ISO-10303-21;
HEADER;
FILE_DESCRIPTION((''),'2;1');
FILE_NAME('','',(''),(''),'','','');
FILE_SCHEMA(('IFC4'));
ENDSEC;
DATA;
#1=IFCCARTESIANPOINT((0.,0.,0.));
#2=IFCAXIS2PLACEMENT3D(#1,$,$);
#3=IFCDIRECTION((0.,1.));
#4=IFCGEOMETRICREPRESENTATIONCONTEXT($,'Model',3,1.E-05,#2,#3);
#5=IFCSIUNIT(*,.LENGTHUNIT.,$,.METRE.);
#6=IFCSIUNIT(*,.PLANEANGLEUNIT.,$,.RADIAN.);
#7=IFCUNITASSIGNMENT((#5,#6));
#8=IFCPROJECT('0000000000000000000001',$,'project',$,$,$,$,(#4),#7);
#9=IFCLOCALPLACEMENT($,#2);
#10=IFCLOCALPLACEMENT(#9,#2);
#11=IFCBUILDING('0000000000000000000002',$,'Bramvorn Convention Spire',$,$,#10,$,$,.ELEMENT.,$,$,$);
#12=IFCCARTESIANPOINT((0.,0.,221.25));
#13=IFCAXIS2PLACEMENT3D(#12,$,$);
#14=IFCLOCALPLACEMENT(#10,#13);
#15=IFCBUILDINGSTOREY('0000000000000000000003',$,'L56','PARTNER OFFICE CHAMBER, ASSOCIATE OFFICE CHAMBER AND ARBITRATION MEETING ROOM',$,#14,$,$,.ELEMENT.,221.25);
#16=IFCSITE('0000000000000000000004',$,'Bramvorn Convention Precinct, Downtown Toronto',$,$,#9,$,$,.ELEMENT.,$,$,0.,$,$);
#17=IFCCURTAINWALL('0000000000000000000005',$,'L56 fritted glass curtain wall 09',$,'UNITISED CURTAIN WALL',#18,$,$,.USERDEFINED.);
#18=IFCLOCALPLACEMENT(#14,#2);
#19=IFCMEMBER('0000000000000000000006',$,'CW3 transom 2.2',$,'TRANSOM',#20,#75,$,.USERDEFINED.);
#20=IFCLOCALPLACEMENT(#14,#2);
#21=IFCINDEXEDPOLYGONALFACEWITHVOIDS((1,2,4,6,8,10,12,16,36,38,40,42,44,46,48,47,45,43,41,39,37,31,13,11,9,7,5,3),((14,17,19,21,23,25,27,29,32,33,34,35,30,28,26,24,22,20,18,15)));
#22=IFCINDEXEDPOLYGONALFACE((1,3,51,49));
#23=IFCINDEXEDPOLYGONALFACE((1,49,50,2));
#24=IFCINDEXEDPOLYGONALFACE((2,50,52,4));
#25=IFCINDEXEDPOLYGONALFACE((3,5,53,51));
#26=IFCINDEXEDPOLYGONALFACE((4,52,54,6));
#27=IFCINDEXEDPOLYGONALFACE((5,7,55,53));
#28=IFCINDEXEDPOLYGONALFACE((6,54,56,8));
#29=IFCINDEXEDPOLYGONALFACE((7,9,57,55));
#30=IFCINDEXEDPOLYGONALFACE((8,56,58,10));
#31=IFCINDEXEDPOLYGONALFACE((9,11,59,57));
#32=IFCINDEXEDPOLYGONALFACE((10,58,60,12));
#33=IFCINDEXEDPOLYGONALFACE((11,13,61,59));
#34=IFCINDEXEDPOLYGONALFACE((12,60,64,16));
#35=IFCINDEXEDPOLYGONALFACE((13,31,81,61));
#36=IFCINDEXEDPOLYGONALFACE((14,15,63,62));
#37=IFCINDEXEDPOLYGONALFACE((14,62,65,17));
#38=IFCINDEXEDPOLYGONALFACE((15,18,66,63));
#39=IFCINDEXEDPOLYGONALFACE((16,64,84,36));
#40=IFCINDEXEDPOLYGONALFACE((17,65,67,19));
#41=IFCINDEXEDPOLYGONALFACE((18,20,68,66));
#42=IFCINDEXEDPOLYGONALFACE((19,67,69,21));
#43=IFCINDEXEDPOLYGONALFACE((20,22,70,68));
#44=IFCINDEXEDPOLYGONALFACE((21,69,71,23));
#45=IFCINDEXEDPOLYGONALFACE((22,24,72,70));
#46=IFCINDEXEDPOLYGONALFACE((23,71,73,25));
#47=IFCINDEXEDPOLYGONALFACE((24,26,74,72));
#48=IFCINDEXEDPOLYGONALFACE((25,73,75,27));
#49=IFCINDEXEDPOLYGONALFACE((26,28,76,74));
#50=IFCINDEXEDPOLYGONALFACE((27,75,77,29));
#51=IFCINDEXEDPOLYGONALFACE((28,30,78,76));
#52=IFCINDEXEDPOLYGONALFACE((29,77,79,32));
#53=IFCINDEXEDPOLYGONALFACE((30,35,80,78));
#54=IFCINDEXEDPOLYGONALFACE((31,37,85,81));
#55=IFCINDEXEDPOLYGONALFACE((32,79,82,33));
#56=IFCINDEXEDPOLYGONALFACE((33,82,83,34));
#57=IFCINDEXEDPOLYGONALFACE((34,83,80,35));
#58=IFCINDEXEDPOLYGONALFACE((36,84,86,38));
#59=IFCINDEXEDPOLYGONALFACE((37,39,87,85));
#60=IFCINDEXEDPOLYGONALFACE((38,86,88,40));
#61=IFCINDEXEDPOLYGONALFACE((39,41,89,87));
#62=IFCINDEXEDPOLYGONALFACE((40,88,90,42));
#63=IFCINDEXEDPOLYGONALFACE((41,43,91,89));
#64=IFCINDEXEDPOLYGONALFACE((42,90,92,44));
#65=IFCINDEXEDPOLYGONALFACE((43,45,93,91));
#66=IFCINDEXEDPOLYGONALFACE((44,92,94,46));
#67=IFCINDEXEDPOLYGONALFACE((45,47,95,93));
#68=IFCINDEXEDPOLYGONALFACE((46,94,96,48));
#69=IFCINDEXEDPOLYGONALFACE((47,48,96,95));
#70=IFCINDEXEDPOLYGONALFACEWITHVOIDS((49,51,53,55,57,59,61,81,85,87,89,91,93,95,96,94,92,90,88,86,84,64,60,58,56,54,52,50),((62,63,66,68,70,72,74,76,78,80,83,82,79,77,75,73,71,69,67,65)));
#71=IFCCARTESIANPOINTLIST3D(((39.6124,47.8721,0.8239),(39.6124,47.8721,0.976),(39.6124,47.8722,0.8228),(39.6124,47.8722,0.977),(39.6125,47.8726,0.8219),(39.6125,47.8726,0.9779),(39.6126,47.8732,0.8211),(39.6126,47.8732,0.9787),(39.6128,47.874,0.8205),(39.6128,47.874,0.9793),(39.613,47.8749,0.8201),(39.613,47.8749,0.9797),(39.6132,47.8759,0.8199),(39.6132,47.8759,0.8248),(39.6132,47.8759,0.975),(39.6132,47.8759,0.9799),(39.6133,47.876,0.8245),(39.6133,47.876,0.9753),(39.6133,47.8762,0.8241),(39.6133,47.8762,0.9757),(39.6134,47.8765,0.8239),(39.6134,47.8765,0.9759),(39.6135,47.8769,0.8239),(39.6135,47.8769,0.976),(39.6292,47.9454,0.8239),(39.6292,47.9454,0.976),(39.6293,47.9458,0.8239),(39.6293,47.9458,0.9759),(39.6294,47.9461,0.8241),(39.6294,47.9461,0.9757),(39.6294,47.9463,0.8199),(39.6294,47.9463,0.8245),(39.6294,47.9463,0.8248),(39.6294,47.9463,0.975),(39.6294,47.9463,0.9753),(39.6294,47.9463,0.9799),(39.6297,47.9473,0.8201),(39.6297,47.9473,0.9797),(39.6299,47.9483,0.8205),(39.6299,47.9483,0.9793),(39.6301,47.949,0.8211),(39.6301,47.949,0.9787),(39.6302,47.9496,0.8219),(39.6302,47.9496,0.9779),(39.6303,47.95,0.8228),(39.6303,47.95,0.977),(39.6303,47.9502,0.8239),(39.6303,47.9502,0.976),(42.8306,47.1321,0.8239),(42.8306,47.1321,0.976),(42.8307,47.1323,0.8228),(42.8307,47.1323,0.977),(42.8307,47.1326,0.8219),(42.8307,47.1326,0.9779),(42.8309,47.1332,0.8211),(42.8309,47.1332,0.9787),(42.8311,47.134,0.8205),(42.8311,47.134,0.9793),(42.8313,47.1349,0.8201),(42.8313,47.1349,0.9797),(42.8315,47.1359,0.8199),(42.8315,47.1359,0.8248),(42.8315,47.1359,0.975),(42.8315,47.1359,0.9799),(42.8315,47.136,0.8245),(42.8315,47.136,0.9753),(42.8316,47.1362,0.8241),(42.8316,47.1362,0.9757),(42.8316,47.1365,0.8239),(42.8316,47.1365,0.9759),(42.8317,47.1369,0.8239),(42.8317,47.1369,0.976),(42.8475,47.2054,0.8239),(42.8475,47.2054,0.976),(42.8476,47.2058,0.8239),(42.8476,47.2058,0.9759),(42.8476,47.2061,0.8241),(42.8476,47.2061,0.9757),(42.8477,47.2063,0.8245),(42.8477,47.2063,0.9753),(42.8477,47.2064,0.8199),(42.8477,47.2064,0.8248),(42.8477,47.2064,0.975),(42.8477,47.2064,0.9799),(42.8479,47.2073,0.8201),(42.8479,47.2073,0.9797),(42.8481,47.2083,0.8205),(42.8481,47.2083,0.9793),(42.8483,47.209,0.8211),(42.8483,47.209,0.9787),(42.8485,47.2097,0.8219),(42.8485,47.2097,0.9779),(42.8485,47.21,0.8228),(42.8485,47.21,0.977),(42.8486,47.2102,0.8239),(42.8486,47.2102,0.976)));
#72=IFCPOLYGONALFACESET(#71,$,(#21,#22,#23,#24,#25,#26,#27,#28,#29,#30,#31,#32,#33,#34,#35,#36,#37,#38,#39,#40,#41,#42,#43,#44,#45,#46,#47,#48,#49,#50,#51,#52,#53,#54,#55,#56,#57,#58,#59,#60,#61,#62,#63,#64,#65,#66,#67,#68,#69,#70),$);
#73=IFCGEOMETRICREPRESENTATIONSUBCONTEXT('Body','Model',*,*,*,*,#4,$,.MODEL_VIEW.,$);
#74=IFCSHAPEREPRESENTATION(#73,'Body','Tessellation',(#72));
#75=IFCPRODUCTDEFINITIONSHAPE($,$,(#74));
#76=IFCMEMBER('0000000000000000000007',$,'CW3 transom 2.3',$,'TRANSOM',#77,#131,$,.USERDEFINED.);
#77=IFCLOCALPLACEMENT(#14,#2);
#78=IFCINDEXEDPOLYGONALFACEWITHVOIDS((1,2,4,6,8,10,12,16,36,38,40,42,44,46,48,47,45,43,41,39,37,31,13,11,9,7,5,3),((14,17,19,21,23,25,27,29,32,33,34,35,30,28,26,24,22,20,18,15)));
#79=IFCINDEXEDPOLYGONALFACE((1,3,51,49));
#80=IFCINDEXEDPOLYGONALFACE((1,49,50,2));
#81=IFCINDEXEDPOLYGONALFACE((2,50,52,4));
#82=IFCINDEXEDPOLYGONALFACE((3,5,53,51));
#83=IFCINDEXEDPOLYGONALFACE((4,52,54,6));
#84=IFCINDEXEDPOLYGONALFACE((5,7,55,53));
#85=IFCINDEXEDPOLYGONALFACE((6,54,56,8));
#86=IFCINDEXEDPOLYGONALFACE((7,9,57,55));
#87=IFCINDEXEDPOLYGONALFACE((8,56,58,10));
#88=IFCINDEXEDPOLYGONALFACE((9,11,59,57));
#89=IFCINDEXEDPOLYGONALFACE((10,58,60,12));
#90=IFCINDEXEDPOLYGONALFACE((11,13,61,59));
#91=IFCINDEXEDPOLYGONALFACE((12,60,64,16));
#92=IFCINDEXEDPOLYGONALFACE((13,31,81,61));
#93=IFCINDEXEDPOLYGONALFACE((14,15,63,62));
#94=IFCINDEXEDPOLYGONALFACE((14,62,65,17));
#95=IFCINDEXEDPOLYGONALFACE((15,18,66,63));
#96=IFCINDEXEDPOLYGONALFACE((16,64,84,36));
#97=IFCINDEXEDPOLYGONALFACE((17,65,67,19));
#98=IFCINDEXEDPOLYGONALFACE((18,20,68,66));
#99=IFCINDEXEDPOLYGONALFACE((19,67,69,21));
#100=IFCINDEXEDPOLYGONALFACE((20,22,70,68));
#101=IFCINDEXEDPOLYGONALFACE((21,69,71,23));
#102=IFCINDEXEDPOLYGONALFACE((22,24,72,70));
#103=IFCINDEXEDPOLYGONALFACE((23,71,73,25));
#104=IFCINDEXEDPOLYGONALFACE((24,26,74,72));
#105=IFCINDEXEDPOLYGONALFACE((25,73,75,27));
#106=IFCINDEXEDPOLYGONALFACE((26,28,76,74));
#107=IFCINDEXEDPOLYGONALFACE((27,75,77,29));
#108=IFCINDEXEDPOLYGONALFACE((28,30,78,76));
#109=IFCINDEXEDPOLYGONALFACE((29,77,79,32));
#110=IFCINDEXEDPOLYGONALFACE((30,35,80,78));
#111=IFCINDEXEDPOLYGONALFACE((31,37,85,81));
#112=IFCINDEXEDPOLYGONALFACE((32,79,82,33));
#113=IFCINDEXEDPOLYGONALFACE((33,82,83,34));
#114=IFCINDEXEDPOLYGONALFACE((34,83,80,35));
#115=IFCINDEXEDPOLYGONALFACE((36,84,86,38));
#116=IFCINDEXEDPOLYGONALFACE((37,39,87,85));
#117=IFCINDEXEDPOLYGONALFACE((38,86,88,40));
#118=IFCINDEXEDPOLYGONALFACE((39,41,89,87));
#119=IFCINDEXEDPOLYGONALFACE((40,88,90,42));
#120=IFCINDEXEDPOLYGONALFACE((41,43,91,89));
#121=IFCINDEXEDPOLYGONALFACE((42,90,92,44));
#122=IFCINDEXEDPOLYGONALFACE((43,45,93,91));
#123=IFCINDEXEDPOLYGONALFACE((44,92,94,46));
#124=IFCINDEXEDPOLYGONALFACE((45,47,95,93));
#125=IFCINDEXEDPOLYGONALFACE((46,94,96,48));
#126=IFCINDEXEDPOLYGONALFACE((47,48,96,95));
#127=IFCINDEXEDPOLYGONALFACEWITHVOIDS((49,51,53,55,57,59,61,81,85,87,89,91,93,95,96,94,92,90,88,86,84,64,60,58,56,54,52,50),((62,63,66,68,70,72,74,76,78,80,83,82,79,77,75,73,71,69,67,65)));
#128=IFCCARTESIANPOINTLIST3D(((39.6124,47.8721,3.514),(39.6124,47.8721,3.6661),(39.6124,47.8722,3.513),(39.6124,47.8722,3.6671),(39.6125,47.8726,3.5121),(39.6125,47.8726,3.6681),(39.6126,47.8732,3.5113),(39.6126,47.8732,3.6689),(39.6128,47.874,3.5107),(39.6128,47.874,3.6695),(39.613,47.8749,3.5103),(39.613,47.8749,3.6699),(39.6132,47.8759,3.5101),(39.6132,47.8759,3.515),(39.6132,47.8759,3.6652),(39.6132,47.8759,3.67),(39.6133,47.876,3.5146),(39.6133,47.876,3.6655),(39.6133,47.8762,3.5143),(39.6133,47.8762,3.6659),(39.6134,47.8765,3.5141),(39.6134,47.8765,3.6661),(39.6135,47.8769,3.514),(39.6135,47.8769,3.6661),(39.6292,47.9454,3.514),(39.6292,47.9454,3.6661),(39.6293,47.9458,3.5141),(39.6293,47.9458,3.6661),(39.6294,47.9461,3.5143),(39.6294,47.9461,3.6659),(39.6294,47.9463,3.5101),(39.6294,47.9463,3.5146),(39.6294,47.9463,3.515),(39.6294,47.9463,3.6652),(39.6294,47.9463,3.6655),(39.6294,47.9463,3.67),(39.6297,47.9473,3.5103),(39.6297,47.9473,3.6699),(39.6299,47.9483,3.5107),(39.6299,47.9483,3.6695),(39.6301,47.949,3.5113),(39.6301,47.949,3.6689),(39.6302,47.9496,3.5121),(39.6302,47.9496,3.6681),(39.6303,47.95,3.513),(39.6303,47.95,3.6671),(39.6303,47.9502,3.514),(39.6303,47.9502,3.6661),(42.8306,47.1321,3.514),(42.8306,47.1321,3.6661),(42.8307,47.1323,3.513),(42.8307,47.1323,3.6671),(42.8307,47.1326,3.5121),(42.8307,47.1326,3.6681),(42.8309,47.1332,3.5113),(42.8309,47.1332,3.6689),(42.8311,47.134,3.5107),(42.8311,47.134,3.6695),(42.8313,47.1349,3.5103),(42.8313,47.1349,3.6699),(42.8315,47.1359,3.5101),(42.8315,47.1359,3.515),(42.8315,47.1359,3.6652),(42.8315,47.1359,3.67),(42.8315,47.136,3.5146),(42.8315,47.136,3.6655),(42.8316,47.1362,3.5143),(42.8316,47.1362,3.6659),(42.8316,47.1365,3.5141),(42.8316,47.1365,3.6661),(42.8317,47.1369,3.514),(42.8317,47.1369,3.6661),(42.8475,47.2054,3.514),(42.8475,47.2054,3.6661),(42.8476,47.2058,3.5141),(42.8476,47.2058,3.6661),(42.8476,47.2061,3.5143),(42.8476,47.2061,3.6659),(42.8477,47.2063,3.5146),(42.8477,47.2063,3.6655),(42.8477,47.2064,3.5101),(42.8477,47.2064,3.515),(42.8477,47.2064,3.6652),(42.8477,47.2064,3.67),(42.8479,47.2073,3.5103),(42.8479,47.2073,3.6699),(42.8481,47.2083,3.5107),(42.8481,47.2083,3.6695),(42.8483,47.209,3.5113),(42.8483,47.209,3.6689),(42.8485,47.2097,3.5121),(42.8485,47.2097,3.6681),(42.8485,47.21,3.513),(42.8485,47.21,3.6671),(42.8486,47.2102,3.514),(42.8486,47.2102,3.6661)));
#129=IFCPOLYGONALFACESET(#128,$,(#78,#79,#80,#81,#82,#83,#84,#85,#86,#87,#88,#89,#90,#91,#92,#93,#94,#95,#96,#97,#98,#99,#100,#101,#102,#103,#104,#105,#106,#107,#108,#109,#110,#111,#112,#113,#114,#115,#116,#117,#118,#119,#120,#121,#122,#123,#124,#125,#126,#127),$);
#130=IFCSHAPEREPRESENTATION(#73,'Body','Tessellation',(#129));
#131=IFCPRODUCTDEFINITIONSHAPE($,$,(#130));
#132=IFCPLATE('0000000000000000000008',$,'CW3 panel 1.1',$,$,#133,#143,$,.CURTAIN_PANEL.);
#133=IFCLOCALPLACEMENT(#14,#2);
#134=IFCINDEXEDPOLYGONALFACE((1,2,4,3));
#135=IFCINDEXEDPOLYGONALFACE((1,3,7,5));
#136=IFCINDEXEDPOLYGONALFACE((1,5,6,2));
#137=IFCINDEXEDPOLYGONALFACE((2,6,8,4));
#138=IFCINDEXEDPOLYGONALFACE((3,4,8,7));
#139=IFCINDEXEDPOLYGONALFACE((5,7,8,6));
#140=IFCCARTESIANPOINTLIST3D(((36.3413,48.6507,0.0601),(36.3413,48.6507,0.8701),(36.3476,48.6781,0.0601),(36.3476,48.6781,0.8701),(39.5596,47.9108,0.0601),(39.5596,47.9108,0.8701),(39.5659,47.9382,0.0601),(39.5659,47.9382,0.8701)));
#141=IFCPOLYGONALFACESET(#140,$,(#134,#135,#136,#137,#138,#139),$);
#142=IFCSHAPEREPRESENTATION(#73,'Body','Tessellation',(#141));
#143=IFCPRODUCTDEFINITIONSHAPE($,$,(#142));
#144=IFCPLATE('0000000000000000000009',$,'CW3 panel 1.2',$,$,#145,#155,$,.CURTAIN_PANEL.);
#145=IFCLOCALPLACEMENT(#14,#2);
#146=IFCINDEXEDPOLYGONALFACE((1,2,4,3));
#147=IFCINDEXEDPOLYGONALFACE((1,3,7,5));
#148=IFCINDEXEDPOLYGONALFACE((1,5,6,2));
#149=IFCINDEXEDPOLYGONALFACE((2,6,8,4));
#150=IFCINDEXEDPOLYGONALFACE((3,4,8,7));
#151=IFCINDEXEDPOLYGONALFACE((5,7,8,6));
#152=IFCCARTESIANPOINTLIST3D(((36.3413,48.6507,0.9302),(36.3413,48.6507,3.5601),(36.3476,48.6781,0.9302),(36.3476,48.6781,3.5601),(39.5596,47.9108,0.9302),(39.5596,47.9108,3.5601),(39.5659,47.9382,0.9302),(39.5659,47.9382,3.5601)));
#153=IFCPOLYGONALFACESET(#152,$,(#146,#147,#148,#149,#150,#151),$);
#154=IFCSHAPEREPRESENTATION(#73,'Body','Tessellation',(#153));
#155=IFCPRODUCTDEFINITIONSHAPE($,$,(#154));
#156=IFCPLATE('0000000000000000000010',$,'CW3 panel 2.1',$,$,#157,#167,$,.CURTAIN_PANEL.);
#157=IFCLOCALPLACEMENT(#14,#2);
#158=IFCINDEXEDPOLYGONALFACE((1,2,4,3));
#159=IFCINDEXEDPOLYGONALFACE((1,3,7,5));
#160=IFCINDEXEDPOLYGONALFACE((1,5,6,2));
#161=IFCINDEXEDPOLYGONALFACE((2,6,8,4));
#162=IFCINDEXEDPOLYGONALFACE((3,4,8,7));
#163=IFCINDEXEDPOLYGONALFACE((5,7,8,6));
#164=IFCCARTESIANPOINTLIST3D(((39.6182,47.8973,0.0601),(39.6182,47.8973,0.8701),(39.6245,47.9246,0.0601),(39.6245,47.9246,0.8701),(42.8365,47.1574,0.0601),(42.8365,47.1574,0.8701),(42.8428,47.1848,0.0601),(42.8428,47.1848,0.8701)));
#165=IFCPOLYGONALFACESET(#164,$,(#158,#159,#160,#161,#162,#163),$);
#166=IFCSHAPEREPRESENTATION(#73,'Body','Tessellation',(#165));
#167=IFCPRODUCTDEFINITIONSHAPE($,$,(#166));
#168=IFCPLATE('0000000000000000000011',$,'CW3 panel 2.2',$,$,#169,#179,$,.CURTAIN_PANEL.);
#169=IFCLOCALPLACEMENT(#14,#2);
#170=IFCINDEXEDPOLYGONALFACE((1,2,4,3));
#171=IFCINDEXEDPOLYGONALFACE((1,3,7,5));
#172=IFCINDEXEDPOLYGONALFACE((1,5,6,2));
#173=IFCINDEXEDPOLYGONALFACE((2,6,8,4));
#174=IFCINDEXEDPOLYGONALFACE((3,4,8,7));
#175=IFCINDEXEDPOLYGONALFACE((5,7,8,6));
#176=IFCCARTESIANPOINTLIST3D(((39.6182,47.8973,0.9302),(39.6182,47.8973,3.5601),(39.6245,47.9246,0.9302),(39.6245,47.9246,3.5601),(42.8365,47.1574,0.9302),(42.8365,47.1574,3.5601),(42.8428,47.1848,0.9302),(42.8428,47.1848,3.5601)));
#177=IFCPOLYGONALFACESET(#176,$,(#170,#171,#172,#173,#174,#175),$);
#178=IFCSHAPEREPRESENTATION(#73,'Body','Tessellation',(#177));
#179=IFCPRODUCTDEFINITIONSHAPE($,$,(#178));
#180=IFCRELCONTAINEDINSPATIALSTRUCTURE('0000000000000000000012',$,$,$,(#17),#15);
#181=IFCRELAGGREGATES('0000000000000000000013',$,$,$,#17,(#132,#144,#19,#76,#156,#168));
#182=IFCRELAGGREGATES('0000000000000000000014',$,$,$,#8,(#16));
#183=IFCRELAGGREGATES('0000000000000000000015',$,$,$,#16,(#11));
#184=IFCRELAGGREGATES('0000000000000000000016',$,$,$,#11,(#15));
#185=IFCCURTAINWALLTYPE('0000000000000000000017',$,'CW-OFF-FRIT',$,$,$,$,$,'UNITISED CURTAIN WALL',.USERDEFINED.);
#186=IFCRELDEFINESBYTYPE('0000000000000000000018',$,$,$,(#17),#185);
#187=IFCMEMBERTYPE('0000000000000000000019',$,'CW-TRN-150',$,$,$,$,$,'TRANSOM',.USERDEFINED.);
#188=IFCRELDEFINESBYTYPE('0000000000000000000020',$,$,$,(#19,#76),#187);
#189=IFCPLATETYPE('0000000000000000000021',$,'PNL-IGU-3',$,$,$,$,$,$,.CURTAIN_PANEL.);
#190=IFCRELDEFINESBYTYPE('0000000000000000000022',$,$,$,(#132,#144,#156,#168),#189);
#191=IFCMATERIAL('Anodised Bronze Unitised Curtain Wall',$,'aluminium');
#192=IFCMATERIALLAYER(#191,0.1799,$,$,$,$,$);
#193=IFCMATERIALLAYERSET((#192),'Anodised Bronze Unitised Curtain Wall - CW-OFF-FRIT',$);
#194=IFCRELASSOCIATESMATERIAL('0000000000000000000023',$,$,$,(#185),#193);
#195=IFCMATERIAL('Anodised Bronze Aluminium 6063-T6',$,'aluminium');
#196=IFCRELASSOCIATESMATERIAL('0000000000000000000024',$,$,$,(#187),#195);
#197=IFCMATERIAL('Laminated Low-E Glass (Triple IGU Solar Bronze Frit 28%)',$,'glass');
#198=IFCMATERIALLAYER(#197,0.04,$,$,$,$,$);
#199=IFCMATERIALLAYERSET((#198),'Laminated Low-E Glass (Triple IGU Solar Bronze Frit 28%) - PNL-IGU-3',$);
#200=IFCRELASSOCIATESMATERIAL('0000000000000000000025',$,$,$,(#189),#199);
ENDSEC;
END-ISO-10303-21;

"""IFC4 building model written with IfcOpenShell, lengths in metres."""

from ifc_helpers import new_model, si_unit, direction, frame, origin, origin_2d, place, context, subcontext, project, spatial, rectangle, hollow_rectangle, extrude, material, layer, layer_set, material_profile, profile_set, type_object, element, aggregate, save


model = new_model("IFC4")

# Units and contexts
model_context = context("Model", 3, precision=1e-05, world=origin(), true_north=direction((0.0, 1.0)))
body_context = subcontext(model_context, "Body", "Model", "MODEL_VIEW")
ifc_project = project(units=[si_unit("LENGTHUNIT", "METRE"), si_unit("PLANEANGLEUNIT", "RADIAN")], contexts=[model_context])

# Site, building, storey
site_placement = place(None, origin())
site = spatial("IfcSite", under=ifc_project, at=site_placement, Name="Bramvorn Convention Precinct, Downtown Toronto", CompositionType="ELEMENT", RefElevation=0.0)
building_placement = place(site_placement, origin())
building = spatial("IfcBuilding", under=site, at=building_placement, Name="Bramvorn Convention Spire", CompositionType="ELEMENT")
storey_placement = place(building_placement, frame((0.0, 0.0, 221.25)))
storey = spatial("IfcBuildingStorey", under=building, at=storey_placement, Name="L56", Description="PARTNER OFFICE CHAMBER, ASSOCIATE OFFICE CHAMBER AND ARBITRATION MEETING ROOM", CompositionType="ELEMENT", Elevation=221.25)

# Shared definitions
ifc_material_1 = material(Name="Anodised Bronze Unitised Curtain Wall", Category="aluminium")
ifc_layer_1 = layer(ifc_material_1, 0.1799)
ifc_layer_set_1 = layer_set([ifc_layer_1], Name="Anodised Bronze Unitised Curtain Wall - CW-OFF-FRIT")
curtain_wall_type = type_object("IfcCurtainWallType", Name="CW-OFF-FRIT", ElementType="UNITISED CURTAIN WALL", PredefinedType="USERDEFINED", material=ifc_layer_set_1)
ifc_material_2 = material(Name="Anodised Bronze Aluminium 6063-T6", Category="aluminium")

# Curtain wall
curtain_wall_1_placement = place(storey_placement, origin())
curtain_wall_1 = element("IfcCurtainWall", 1, at=curtain_wall_1_placement, inside=storey, type_object=curtain_wall_type, Name="L56 fritted glass curtain wall 09", ObjectType="UNITISED CURTAIN WALL", PredefinedType="USERDEFINED")

# Members
ifc_material_profile_1 = material_profile(ifc_material_2, hollow_rectangle(XDim=0.0801, YDim=0.1599, WallThickness=0.0039, InnerFilletRadius=0.001, OuterFilletRadius=0.0039, at=origin_2d()))
ifc_profile_set_1 = profile_set([ifc_material_profile_1], Name="Anodised Bronze Aluminium 6063-T6 - CWT80X160")
member_type_1 = type_object("IfcMemberType", Name="CW-TRN-150", ElementType="TRANSOM", PredefinedType="USERDEFINED", material=ifc_profile_set_1)
member_1_placement = place(storey_placement, frame((39.6213, 47.9111, 0.8999), z_axis=(0.974569, -0.224087, 0.0), x_axis=(0.224087, 0.974569, 0.0)))
member_1 = element("IfcMember", 2, at=member_1_placement, type_object=member_type_1, Name="CW3 transom 2.2", ObjectType="TRANSOM", PredefinedType="USERDEFINED", context=body_context, shape_type="SweptSolid", body=[
    extrude(hollow_rectangle(XDim=0.0801, YDim=0.1599, WallThickness=0.0039, InnerFilletRadius=0.001, OuterFilletRadius=0.0039, at=origin_2d()), origin(), (0.0, 0.0, 1.0), 3.3022),
])
member_2_placement = place(storey_placement, frame((39.6213, 47.9111, 3.5901), z_axis=(0.974569, -0.224087, 0.0), x_axis=(0.224087, 0.974569, 0.0)))
member_2 = element("IfcMember", 3, at=member_2_placement, type_object=member_type_1, Name="CW3 transom 2.3", ObjectType="TRANSOM", PredefinedType="USERDEFINED", context=body_context, shape_type="SweptSolid", body=[
    extrude(hollow_rectangle(XDim=0.0801, YDim=0.1599, WallThickness=0.0039, InnerFilletRadius=0.001, OuterFilletRadius=0.0039, at=origin_2d()), origin(), (0.0, 0.0, 1.0), 3.3022),
])

# Plates
ifc_material_3 = material(Name="Laminated Low-E Glass (Triple IGU Solar Bronze Frit 28%)", Category="glass")
ifc_layer_2 = layer(ifc_material_3, 0.04)
ifc_layer_set_2 = layer_set([ifc_layer_2], Name="Laminated Low-E Glass (Triple IGU Solar Bronze Frit 28%) - PNL-IGU-3")
plate_type = type_object("IfcPlateType", Name="PNL-IGU-3", PredefinedType="CURTAIN_PANEL", material=ifc_layer_set_2)
plate_1_placement = place(storey_placement, frame((37.9536, 48.2944, 0.0601), z_axis=(0.0, 0.0, 1.0), x_axis=(0.974576, -0.224055, 0.0)))
plate_1 = element("IfcPlate", 4, at=plate_1_placement, type_object=plate_type, Name="CW3 panel 1.1", PredefinedType="CURTAIN_PANEL", context=body_context, shape_type="SweptSolid", body=[
    extrude(rectangle(XDim=3.3022, YDim=0.0281, at=origin_2d()), origin(), (0.0, 0.0, 1.0), 0.8101),
])
plate_2_placement = place(storey_placement, frame((37.9536, 48.2944, 0.9302), z_axis=(0.0, 0.0, 1.0), x_axis=(0.974576, -0.224055, 0.0)))
plate_2 = element("IfcPlate", 5, at=plate_2_placement, type_object=plate_type, Name="CW3 panel 1.2", PredefinedType="CURTAIN_PANEL", context=body_context, shape_type="SweptSolid", body=[
    extrude(rectangle(XDim=3.3022, YDim=0.0281, at=origin_2d()), origin(), (0.0, 0.0, 1.0), 2.6299),
])
plate_3_placement = place(storey_placement, frame((41.2305, 47.541, 0.0601), z_axis=(0.0, 0.0, 1.0), x_axis=(0.974576, -0.224055, 0.0)))
plate_3 = element("IfcPlate", 6, at=plate_3_placement, type_object=plate_type, Name="CW3 panel 2.1", PredefinedType="CURTAIN_PANEL", context=body_context, shape_type="SweptSolid", body=[
    extrude(rectangle(XDim=3.3022, YDim=0.0281, at=origin_2d()), origin(), (0.0, 0.0, 1.0), 0.8101),
])
plate_4_placement = place(storey_placement, frame((41.2305, 47.541, 0.9302), z_axis=(0.0, 0.0, 1.0), x_axis=(0.974576, -0.224055, 0.0)))
plate_4 = element("IfcPlate", 7, at=plate_4_placement, type_object=plate_type, Name="CW3 panel 2.2", PredefinedType="CURTAIN_PANEL", context=body_context, shape_type="SweptSolid", body=[
    extrude(rectangle(XDim=3.3022, YDim=0.0281, at=origin_2d()), origin(), (0.0, 0.0, 1.0), 2.6299),
])
aggregate(curtain_wall_1, [plate_1, plate_2, member_1, member_2, plate_3, plate_4])

save(model, "model.ifc")
